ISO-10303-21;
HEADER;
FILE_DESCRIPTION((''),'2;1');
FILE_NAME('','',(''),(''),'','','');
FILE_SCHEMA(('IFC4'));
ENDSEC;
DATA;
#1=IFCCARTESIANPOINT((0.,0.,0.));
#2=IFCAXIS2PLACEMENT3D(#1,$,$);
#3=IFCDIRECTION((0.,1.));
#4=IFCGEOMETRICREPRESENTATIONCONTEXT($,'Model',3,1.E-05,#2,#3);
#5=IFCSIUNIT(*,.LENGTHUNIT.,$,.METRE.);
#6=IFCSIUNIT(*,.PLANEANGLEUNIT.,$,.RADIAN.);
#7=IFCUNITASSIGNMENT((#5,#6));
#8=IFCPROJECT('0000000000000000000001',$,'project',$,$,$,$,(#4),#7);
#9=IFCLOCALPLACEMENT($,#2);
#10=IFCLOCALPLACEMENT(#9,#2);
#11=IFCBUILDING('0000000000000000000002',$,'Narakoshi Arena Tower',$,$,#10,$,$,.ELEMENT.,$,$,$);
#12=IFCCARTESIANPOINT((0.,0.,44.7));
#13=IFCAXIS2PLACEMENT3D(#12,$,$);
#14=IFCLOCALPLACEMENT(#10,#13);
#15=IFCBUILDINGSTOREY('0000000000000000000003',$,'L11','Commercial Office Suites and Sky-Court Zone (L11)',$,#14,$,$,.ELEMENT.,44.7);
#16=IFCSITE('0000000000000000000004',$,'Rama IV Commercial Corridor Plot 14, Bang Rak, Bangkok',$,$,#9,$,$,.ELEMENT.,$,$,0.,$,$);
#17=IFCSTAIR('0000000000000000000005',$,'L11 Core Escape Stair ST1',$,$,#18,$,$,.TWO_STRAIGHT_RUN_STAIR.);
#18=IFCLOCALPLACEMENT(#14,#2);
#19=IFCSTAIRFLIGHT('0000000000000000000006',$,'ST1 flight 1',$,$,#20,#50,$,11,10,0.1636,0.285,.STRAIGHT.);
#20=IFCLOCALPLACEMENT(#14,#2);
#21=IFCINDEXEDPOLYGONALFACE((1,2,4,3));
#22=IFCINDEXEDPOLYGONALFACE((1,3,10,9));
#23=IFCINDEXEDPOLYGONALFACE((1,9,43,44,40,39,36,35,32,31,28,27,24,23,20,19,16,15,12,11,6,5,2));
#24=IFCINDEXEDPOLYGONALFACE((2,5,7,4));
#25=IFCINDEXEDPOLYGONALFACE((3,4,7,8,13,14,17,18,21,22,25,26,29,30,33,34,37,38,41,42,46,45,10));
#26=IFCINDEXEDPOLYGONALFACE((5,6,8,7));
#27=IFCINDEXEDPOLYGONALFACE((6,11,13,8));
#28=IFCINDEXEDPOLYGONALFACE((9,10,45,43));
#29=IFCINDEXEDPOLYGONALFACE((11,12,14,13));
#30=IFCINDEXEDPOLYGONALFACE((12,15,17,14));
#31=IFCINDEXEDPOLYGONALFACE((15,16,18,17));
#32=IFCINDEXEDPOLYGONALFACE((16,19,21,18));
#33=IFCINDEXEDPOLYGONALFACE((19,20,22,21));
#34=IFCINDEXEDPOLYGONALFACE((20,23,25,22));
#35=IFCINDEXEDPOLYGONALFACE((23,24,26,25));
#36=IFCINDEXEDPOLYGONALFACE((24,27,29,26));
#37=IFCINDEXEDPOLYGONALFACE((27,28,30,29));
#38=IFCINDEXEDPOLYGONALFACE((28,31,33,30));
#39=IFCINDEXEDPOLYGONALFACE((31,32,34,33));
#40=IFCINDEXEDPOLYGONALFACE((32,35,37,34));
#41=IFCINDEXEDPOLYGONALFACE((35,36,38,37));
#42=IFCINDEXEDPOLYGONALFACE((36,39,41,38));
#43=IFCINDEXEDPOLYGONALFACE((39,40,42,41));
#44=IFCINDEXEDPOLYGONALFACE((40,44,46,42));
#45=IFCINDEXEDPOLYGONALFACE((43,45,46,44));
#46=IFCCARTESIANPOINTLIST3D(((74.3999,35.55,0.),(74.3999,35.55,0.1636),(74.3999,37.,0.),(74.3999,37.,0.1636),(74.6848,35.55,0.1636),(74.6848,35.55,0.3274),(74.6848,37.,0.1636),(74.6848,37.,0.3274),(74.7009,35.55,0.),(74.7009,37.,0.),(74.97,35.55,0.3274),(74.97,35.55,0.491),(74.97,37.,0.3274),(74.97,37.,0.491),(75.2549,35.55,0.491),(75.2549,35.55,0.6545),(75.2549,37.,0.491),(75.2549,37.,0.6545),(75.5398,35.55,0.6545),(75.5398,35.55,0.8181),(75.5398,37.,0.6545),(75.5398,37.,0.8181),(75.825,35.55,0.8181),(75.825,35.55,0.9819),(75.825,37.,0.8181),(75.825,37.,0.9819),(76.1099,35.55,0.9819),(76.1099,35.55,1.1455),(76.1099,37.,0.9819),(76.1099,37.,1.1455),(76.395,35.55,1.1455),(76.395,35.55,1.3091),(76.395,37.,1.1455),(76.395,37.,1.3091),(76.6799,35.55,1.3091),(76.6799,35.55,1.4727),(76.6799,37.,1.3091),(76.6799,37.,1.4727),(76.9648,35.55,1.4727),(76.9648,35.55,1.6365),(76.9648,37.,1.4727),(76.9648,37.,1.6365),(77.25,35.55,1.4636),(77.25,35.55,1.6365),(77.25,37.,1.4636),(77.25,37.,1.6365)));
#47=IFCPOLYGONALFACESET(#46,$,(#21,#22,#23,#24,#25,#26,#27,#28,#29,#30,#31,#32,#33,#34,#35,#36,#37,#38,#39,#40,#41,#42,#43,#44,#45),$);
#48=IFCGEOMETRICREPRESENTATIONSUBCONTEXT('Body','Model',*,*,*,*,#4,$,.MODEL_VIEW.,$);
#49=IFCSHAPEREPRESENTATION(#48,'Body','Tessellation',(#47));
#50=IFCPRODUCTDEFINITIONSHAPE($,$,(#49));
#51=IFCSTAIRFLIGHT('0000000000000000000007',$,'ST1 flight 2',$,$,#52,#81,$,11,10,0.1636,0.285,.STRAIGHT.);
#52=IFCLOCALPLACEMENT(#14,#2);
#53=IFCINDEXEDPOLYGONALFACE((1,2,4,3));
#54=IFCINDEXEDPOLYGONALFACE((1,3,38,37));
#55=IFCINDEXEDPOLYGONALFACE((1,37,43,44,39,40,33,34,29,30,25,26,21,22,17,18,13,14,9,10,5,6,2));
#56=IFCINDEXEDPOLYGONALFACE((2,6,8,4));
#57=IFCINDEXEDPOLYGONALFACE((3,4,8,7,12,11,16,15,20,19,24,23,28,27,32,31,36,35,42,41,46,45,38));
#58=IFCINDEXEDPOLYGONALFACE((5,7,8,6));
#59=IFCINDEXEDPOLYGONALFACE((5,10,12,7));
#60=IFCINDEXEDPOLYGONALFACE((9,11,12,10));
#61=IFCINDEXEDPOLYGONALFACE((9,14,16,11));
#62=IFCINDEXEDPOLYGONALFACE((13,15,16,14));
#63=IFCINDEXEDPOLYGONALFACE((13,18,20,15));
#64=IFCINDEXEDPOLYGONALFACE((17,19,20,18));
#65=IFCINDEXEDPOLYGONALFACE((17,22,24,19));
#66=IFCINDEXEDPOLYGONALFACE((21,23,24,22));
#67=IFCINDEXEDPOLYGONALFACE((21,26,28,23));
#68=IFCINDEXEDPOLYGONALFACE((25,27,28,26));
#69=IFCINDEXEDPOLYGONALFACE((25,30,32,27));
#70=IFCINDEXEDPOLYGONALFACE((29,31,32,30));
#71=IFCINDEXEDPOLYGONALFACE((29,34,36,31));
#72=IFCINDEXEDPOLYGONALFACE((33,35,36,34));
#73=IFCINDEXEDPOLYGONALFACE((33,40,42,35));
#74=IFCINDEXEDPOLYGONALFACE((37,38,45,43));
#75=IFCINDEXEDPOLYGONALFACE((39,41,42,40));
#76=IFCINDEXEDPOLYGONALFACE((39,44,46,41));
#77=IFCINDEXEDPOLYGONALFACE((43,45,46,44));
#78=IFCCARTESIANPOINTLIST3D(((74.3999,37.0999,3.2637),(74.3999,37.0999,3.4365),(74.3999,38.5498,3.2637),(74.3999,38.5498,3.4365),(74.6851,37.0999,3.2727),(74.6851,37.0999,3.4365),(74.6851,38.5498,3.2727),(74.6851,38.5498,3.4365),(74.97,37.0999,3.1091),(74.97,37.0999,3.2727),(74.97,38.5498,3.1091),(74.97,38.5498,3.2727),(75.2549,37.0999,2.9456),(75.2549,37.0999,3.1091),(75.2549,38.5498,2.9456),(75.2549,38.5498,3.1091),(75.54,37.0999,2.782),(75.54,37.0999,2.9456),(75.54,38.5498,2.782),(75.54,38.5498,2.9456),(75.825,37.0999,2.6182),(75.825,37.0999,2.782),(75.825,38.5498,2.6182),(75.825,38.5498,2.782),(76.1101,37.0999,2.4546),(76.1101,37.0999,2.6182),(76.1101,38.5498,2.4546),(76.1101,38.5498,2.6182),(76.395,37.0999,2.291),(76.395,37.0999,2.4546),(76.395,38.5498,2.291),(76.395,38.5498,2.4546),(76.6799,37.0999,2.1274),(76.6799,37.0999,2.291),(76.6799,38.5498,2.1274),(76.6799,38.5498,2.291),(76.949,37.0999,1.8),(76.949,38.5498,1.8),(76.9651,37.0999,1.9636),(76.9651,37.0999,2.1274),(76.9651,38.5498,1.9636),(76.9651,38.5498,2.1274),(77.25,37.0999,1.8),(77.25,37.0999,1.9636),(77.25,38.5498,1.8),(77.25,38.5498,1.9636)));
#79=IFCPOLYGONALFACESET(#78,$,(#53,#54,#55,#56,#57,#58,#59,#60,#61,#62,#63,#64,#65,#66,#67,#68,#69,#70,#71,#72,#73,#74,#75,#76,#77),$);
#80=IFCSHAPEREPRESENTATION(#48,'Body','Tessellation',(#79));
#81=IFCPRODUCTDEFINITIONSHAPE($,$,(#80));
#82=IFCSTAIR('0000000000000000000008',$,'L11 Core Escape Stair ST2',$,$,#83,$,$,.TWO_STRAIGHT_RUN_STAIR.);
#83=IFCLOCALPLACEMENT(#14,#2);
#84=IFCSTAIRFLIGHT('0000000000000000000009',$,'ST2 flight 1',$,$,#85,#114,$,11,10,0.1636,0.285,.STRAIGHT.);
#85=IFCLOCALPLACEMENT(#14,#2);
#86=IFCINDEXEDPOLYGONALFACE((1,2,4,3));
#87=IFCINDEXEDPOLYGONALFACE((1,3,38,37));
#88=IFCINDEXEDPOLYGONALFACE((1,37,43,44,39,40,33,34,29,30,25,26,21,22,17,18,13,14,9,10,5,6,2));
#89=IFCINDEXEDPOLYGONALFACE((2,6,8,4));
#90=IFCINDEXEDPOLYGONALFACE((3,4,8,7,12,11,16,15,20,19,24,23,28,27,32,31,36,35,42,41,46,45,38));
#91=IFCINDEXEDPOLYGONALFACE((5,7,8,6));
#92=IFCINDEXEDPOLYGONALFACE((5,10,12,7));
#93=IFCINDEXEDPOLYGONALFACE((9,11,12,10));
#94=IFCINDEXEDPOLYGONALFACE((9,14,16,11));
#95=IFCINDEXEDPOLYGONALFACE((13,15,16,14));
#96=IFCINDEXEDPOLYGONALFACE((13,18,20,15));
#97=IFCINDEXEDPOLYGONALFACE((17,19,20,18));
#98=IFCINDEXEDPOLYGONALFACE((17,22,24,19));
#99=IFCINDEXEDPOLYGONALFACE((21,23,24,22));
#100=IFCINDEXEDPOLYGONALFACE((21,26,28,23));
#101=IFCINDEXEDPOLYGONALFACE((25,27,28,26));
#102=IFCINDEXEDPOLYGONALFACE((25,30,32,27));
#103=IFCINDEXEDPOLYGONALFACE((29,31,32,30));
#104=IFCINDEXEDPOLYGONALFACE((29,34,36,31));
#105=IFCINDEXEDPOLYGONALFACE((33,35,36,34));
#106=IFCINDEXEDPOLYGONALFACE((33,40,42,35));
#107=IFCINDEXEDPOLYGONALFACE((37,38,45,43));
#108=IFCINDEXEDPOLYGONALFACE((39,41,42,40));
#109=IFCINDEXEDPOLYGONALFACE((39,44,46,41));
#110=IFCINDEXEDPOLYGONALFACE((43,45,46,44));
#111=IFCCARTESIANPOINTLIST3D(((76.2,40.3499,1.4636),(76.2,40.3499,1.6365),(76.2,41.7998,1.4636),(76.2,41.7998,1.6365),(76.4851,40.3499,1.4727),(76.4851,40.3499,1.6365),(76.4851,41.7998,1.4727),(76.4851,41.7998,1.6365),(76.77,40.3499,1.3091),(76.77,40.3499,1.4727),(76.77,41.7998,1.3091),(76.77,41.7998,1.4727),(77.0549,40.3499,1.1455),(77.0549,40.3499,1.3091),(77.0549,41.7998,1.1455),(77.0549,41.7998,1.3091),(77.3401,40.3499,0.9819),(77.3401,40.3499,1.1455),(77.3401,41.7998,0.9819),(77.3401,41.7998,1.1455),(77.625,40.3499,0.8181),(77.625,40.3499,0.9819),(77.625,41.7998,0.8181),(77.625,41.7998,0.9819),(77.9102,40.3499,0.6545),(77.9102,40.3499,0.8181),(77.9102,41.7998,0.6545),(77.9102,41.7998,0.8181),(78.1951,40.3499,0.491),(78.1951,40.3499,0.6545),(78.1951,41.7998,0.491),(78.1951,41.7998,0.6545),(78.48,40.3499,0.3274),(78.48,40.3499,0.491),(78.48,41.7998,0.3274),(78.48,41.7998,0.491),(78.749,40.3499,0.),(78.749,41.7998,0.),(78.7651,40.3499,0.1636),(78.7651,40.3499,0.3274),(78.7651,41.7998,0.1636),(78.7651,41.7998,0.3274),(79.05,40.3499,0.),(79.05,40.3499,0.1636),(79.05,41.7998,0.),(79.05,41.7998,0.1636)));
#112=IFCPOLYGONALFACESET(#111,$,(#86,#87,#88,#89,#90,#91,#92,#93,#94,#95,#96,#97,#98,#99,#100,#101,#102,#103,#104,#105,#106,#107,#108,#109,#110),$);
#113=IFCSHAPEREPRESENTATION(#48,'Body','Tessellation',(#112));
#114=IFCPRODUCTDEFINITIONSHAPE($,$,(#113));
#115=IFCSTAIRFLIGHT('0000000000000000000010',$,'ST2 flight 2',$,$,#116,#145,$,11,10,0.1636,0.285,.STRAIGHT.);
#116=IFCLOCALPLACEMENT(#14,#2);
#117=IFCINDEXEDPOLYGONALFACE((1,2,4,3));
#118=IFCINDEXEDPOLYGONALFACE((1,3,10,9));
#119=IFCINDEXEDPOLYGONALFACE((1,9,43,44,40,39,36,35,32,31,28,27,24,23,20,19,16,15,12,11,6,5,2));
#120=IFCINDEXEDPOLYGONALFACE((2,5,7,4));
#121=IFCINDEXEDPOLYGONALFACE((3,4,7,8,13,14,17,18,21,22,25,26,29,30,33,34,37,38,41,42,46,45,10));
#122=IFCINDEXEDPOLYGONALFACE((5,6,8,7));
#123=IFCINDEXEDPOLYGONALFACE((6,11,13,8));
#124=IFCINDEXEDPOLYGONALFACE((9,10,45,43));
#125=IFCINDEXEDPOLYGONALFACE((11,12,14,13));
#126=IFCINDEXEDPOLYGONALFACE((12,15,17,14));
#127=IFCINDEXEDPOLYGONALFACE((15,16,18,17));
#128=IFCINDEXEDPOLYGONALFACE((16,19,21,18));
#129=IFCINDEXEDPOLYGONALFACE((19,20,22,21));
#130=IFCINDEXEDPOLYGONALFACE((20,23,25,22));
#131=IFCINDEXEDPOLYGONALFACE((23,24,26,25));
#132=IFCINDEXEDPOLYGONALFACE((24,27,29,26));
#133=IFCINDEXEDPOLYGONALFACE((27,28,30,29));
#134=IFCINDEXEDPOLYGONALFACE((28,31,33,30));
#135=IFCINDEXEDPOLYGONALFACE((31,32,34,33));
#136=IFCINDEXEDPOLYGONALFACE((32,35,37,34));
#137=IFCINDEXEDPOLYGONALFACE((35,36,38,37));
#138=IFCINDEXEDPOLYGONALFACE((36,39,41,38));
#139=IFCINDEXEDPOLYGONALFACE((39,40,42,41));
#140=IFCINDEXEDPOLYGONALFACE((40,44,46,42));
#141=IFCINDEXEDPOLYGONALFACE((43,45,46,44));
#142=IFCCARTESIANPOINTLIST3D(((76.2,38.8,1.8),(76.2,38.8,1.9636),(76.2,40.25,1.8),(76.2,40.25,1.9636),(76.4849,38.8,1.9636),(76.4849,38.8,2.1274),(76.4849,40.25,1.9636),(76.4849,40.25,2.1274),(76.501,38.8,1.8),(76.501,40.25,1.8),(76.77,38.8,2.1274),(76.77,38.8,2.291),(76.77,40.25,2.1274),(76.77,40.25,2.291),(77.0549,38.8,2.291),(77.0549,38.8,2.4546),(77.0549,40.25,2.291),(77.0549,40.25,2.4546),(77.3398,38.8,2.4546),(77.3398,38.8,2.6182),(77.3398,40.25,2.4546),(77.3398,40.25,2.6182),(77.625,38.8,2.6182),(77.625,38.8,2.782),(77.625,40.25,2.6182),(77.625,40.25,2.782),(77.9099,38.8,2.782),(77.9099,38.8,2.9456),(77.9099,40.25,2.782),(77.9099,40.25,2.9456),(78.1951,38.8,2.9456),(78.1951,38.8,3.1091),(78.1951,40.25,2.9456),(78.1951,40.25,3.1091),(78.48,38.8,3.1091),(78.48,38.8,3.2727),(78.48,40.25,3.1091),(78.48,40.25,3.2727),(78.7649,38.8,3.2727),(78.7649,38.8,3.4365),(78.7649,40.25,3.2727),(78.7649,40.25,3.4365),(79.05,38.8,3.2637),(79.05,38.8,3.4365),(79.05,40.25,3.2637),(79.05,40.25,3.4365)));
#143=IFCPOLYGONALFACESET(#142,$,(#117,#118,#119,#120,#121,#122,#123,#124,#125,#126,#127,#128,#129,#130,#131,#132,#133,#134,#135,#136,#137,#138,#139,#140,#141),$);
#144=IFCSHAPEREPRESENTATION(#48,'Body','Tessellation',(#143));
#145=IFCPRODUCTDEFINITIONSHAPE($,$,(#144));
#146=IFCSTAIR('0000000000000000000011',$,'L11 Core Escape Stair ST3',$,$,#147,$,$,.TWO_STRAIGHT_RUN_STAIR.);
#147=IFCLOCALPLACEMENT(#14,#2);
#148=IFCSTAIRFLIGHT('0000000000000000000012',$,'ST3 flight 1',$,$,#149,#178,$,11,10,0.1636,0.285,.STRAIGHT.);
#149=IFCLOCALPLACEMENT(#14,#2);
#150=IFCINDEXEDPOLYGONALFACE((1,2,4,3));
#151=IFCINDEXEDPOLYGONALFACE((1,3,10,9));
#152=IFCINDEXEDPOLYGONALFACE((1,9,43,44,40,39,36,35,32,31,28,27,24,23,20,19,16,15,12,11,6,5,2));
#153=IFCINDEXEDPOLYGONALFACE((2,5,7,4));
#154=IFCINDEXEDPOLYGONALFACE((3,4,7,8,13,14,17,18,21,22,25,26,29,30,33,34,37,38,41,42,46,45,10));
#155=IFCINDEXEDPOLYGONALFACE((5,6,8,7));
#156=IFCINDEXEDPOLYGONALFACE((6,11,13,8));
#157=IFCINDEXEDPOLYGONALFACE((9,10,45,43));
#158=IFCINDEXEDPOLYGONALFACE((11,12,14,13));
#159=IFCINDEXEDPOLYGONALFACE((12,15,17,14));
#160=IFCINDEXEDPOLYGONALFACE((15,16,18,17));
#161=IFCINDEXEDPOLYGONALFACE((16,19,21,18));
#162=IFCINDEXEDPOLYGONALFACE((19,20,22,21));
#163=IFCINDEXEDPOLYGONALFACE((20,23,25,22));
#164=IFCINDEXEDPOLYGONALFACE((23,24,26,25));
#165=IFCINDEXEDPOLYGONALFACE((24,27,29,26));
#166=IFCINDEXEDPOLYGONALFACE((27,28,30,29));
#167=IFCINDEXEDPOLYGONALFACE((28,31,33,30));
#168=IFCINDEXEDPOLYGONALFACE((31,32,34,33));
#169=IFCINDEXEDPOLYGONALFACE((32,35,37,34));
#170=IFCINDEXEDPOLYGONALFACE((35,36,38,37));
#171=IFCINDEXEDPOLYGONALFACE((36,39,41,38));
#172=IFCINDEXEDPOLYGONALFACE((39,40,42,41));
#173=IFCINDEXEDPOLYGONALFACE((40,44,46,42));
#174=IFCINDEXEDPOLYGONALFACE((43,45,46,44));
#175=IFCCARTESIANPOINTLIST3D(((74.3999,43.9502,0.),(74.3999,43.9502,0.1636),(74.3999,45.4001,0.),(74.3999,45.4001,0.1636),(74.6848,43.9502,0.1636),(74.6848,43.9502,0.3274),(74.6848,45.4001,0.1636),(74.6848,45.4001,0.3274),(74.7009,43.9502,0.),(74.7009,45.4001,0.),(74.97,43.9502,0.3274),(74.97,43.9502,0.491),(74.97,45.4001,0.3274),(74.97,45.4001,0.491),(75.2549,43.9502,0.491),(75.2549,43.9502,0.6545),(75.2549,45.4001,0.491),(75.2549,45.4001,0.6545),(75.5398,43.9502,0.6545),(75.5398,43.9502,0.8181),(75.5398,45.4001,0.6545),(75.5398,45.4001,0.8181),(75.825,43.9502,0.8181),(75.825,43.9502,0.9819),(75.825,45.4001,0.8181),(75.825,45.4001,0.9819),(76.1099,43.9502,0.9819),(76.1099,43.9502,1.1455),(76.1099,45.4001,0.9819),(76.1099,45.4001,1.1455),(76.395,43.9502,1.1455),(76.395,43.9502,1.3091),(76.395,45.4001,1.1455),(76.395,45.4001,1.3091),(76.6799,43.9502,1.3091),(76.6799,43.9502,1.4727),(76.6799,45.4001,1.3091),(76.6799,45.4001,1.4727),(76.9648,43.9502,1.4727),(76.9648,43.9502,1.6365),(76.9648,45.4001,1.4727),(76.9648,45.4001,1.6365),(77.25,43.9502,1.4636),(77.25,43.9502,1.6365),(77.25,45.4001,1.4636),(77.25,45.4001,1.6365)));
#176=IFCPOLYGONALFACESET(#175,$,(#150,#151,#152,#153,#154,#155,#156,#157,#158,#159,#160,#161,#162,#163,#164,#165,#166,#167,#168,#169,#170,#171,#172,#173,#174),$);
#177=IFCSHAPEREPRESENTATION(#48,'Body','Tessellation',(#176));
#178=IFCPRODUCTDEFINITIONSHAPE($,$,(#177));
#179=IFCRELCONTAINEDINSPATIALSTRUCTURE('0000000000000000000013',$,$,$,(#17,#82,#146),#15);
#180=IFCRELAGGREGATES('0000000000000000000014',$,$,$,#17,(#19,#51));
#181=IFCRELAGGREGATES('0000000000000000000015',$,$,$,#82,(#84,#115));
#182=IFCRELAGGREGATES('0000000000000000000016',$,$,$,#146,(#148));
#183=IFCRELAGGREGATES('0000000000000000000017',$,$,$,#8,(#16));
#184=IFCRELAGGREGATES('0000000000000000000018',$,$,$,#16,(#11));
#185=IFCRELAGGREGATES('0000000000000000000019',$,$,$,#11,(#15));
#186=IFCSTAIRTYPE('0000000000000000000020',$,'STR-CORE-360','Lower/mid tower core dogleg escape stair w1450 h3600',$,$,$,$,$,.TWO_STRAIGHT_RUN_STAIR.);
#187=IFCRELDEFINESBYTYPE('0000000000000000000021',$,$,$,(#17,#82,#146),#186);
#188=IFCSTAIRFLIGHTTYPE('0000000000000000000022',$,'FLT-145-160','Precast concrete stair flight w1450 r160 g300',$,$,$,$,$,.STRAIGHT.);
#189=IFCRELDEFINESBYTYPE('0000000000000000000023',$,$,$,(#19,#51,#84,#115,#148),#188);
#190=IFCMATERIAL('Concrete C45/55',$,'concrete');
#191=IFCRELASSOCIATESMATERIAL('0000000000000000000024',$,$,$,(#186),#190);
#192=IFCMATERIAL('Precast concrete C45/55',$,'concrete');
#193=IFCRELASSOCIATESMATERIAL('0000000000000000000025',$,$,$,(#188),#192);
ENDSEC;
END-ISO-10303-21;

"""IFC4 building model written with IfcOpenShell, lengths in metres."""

from ifc_helpers import new_model, si_unit, direction, frame, origin, place, context, subcontext, project, spatial, polyline, outline, extrude, material, type_object, element, aggregate, save


model = new_model("IFC4")

# Units and contexts
model_context = context("Model", 3, precision=1e-05, world=origin(), true_north=direction((0.0, 1.0)))
body_context = subcontext(model_context, "Body", "Model", "MODEL_VIEW")
ifc_project = project(units=[si_unit("LENGTHUNIT", "METRE"), si_unit("PLANEANGLEUNIT", "RADIAN")], contexts=[model_context])

# Site, building, storey
site_placement = place(None, origin())
site = spatial("IfcSite", under=ifc_project, at=site_placement, Name="Rama IV Commercial Corridor Plot 14, Bang Rak, Bangkok", CompositionType="ELEMENT", RefElevation=0.0)
building_placement = place(site_placement, origin())
building = spatial("IfcBuilding", under=site, at=building_placement, Name="Narakoshi Arena Tower", CompositionType="ELEMENT")
storey_placement = place(building_placement, frame((0.0, 0.0, 44.7)))
storey = spatial("IfcBuildingStorey", under=building, at=storey_placement, Name="L11", Description="Commercial Office Suites and Sky-Court Zone (L11)", CompositionType="ELEMENT", Elevation=44.7)

# Stairs, stair flights
ifc_material_1 = material(Name="Concrete C45/55", Category="concrete")
stair_type = type_object("IfcStairType", Name="STR-CORE-360", Description="Lower/mid tower core dogleg escape stair w1450 h3600", PredefinedType="TWO_STRAIGHT_RUN_STAIR", material=ifc_material_1)
stair_1_placement = place(storey_placement, origin())
stair_1 = element("IfcStair", 1, at=stair_1_placement, inside=storey, type_object=stair_type, Name="L11 Core Escape Stair ST1", PredefinedType="TWO_STRAIGHT_RUN_STAIR")
ifc_material_2 = material(Name="Precast concrete C45/55", Category="concrete")
stair_flight_type = type_object("IfcStairFlightType", Name="FLT-145-160", Description="Precast concrete stair flight w1450 r160 g300", PredefinedType="STRAIGHT", material=ifc_material_2)
stair_flight_1_placement = place(storey_placement, frame((74.3999, 36.2749, 0.0), z_axis=(0.0, 0.0, 1.0), x_axis=(1.0, 0.0, 0.0)))
stair_flight_1 = element("IfcStairFlight", 2, at=stair_flight_1_placement, type_object=stair_flight_type, Name="ST1 flight 1", NumberOfRisers=11, NumberOfTreads=10, PredefinedType="STRAIGHT", RiserHeight=0.1636, TreadLength=0.285, context=body_context, shape_type="SweptSolid", body=[
    extrude(outline(polyline([(0.0, 0.0), (0.0, 0.1636), (0.2849, 0.1636), (0.2849, 0.3274), (0.5701, 0.3274), (0.5701, 0.491), (0.855, 0.491), (0.855, 0.6545), (1.1399, 0.6545), (1.1399, 0.8181), (1.425, 0.8181), (1.425, 0.9819), (1.71, 0.9819), (1.71, 1.1455), (1.9951, 1.1455), (1.9951, 1.3091), (2.28, 1.3091), (2.28, 1.4727), (2.5649, 1.4727), (2.5649, 1.6365), (2.8501, 1.6365), (2.8501, 1.8), (2.8501, 1.4636), (0.301, 0.0), (0.0, 0.0)])), frame((0.0, 0.7251, 0.0), z_axis=(0.0, -1.0, 0.0), x_axis=(1.0, 0.0, 0.0)), (0.0, 0.0, 1.0), 1.45),
])
stair_flight_2_placement = place(storey_placement, frame((77.25, 37.825, 1.8), z_axis=(0.0, 0.0, 1.0), x_axis=(-1.0, 0.0, 0.0)))
stair_flight_2 = element("IfcStairFlight", 3, at=stair_flight_2_placement, type_object=stair_flight_type, Name="ST1 flight 2", NumberOfRisers=11, NumberOfTreads=10, PredefinedType="STRAIGHT", RiserHeight=0.1636, TreadLength=0.285, context=body_context, shape_type="SweptSolid", body=[
    extrude(outline(polyline([(0.0, 0.0), (0.0, 0.1636), (0.2849, 0.1636), (0.2849, 0.3274), (0.5701, 0.3274), (0.5701, 0.491), (0.855, 0.491), (0.855, 0.6545), (1.1399, 0.6545), (1.1399, 0.8181), (1.425, 0.8181), (1.425, 0.9819), (1.71, 0.9819), (1.71, 1.1455), (1.9951, 1.1455), (1.9951, 1.3091), (2.28, 1.3091), (2.28, 1.4727), (2.5649, 1.4727), (2.5649, 1.6365), (2.8501, 1.6365), (2.8501, 1.8), (2.8501, 1.4636), (0.301, 0.0), (0.0, 0.0)])), frame((0.0, 0.7251, 0.0), z_axis=(0.0, -1.0, 0.0), x_axis=(1.0, 0.0, 0.0)), (0.0, 0.0, 1.0), 1.45),
])
aggregate(stair_1, [stair_flight_1, stair_flight_2])
stair_2_placement = place(storey_placement, origin())
stair_2 = element("IfcStair", 4, at=stair_2_placement, inside=storey, type_object=stair_type, Name="L11 Core Escape Stair ST2", PredefinedType="TWO_STRAIGHT_RUN_STAIR")
stair_flight_3_placement = place(storey_placement, frame((79.05, 41.075, 0.0), z_axis=(0.0, 0.0, 1.0), x_axis=(-1.0, 0.0, 0.0)))
stair_flight_3 = element("IfcStairFlight", 5, at=stair_flight_3_placement, type_object=stair_flight_type, Name="ST2 flight 1", NumberOfRisers=11, NumberOfTreads=10, PredefinedType="STRAIGHT", RiserHeight=0.1636, TreadLength=0.285, context=body_context, shape_type="SweptSolid", body=[
    extrude(outline(polyline([(0.0, 0.0), (0.0, 0.1636), (0.2849, 0.1636), (0.2849, 0.3274), (0.5701, 0.3274), (0.5701, 0.491), (0.855, 0.491), (0.855, 0.6545), (1.1399, 0.6545), (1.1399, 0.8181), (1.425, 0.8181), (1.425, 0.9819), (1.71, 0.9819), (1.71, 1.1455), (1.9951, 1.1455), (1.9951, 1.3091), (2.28, 1.3091), (2.28, 1.4727), (2.5649, 1.4727), (2.5649, 1.6365), (2.8501, 1.6365), (2.8501, 1.8), (2.8501, 1.4636), (0.301, 0.0), (0.0, 0.0)])), frame((0.0, 0.7251, 0.0), z_axis=(0.0, -1.0, 0.0), x_axis=(1.0, 0.0, 0.0)), (0.0, 0.0, 1.0), 1.45),
])
stair_flight_4_placement = place(storey_placement, frame((76.2, 39.5249, 1.8), z_axis=(0.0, 0.0, 1.0), x_axis=(1.0, 0.0, 0.0)))
stair_flight_4 = element("IfcStairFlight", 6, at=stair_flight_4_placement, type_object=stair_flight_type, Name="ST2 flight 2", NumberOfRisers=11, NumberOfTreads=10, PredefinedType="STRAIGHT", RiserHeight=0.1636, TreadLength=0.285, context=body_context, shape_type="SweptSolid", body=[
    extrude(outline(polyline([(0.0, 0.0), (0.0, 0.1636), (0.2849, 0.1636), (0.2849, 0.3274), (0.5701, 0.3274), (0.5701, 0.491), (0.855, 0.491), (0.855, 0.6545), (1.1399, 0.6545), (1.1399, 0.8181), (1.425, 0.8181), (1.425, 0.9819), (1.71, 0.9819), (1.71, 1.1455), (1.9951, 1.1455), (1.9951, 1.3091), (2.28, 1.3091), (2.28, 1.4727), (2.5649, 1.4727), (2.5649, 1.6365), (2.8501, 1.6365), (2.8501, 1.8), (2.8501, 1.4636), (0.301, 0.0), (0.0, 0.0)])), frame((0.0, 0.7251, 0.0), z_axis=(0.0, -1.0, 0.0), x_axis=(1.0, 0.0, 0.0)), (0.0, 0.0, 1.0), 1.45),
])
aggregate(stair_2, [stair_flight_3, stair_flight_4])
stair_3_placement = place(storey_placement, origin())
stair_3 = element("IfcStair", 7, at=stair_3_placement, inside=storey, type_object=stair_type, Name="L11 Core Escape Stair ST3", PredefinedType="TWO_STRAIGHT_RUN_STAIR")
stair_flight_5_placement = place(storey_placement, frame((74.3999, 44.675, 0.0), z_axis=(0.0, 0.0, 1.0), x_axis=(1.0, 0.0, 0.0)))
stair_flight_5 = element("IfcStairFlight", 8, at=stair_flight_5_placement, type_object=stair_flight_type, Name="ST3 flight 1", NumberOfRisers=11, NumberOfTreads=10, PredefinedType="STRAIGHT", RiserHeight=0.1636, TreadLength=0.285, context=body_context, shape_type="SweptSolid", body=[
    extrude(outline(polyline([(0.0, 0.0), (0.0, 0.1636), (0.2849, 0.1636), (0.2849, 0.3274), (0.5701, 0.3274), (0.5701, 0.491), (0.855, 0.491), (0.855, 0.6545), (1.1399, 0.6545), (1.1399, 0.8181), (1.425, 0.8181), (1.425, 0.9819), (1.71, 0.9819), (1.71, 1.1455), (1.9951, 1.1455), (1.9951, 1.3091), (2.28, 1.3091), (2.28, 1.4727), (2.5649, 1.4727), (2.5649, 1.6365), (2.8501, 1.6365), (2.8501, 1.8), (2.8501, 1.4636), (0.301, 0.0), (0.0, 0.0)])), frame((0.0, 0.7251, 0.0), z_axis=(0.0, -1.0, 0.0), x_axis=(1.0, 0.0, 0.0)), (0.0, 0.0, 1.0), 1.45),
])
aggregate(stair_3, [stair_flight_5])

save(model, "model.ifc")
